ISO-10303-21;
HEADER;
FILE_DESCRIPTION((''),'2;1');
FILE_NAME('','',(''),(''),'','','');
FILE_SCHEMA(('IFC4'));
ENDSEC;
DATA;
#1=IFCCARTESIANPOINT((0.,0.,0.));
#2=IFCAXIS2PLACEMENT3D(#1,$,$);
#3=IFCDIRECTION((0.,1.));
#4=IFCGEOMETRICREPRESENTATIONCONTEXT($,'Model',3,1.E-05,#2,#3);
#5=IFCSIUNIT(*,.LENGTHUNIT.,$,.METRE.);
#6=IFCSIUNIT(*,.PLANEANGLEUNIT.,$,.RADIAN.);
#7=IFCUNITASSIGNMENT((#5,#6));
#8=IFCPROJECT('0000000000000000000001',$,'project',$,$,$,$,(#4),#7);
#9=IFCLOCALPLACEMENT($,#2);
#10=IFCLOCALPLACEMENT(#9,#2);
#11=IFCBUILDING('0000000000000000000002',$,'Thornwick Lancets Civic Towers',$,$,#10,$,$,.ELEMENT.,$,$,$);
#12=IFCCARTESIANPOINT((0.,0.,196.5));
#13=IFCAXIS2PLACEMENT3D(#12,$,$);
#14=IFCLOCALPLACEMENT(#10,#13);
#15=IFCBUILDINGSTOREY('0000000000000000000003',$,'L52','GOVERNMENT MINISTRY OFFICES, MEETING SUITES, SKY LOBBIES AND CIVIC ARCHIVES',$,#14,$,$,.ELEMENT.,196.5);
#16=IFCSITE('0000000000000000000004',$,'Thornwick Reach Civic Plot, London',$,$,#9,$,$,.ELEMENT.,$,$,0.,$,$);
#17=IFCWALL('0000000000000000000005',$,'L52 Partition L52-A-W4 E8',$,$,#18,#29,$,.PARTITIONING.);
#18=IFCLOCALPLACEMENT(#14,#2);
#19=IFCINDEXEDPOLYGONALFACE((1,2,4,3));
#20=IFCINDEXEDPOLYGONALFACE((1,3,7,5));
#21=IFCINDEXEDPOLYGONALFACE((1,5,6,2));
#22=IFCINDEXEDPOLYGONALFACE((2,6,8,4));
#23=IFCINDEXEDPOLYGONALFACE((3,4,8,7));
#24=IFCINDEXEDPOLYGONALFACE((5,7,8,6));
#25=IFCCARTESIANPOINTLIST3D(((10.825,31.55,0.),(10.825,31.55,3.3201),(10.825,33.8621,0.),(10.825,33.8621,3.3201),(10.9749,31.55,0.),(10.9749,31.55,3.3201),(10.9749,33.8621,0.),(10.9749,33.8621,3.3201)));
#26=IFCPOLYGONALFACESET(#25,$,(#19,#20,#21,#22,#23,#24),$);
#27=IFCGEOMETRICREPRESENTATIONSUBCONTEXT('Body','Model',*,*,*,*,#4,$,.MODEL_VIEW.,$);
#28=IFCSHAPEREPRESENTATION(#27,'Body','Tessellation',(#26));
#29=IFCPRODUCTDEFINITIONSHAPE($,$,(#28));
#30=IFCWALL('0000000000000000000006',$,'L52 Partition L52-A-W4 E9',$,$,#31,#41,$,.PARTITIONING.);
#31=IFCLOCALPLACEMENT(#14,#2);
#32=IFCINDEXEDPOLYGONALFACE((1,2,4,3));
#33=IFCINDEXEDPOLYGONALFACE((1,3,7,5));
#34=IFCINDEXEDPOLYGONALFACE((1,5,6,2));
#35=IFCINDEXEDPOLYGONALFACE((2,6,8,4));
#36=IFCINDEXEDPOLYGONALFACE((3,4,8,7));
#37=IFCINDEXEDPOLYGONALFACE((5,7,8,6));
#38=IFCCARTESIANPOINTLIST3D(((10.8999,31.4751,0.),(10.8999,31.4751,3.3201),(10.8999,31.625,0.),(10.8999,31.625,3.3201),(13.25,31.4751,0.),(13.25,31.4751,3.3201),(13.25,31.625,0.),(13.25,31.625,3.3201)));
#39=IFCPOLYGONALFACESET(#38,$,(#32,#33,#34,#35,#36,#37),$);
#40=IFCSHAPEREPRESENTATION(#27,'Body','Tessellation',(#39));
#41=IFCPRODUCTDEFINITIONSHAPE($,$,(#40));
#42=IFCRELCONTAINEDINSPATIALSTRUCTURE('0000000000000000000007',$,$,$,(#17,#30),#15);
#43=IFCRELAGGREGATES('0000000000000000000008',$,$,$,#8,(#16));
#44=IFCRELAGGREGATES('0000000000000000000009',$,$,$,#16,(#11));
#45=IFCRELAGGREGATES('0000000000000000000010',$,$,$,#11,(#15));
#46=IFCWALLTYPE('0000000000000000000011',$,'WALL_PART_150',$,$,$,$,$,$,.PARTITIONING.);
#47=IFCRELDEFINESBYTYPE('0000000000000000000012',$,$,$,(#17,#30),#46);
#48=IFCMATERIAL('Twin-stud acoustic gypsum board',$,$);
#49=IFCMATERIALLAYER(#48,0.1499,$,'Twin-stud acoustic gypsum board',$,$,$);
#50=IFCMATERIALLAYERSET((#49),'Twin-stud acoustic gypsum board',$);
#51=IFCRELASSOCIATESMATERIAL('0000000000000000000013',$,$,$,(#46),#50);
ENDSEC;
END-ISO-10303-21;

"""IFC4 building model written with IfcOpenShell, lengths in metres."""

from ifc_helpers import new_model, si_unit, direction, frame, frame_2d, origin, place, context, subcontext, project, spatial, rectangle, extrude, material, layer, layer_set, type_object, element, save


model = new_model("IFC4")

# Units and contexts
model_context = context("Model", 3, precision=1e-05, world=origin(), true_north=direction((0.0, 1.0)))
body_context = subcontext(model_context, "Body", "Model", "MODEL_VIEW")
ifc_project = project(units=[si_unit("LENGTHUNIT", "METRE"), si_unit("PLANEANGLEUNIT", "RADIAN")], contexts=[model_context])

# Site, building, storey
site_placement = place(None, origin())
site = spatial("IfcSite", under=ifc_project, at=site_placement, Name="Thornwick Reach Civic Plot, London", CompositionType="ELEMENT", RefElevation=0.0)
building_placement = place(site_placement, origin())
building = spatial("IfcBuilding", under=site, at=building_placement, Name="Thornwick Lancets Civic Towers", CompositionType="ELEMENT")
storey_placement = place(building_placement, frame((0.0, 0.0, 196.5)))
storey = spatial("IfcBuildingStorey", under=building, at=storey_placement, Name="L52", Description="GOVERNMENT MINISTRY OFFICES, MEETING SUITES, SKY LOBBIES AND CIVIC ARCHIVES", CompositionType="ELEMENT", Elevation=196.5)

# Shared definitions
ifc_material_1 = material(Name="Twin-stud acoustic gypsum board")
ifc_layer_1 = layer(ifc_material_1, 0.1499, Name="Twin-stud acoustic gypsum board")
ifc_layer_set_1 = layer_set([ifc_layer_1], Name="Twin-stud acoustic gypsum board")
wall_type_1 = type_object("IfcWallType", Name="WALL_PART_150", PredefinedType="PARTITIONING", material=ifc_layer_set_1)

# Walls
wall_1_placement = place(storey_placement, frame((10.8999, 33.8621, 0.0), z_axis=(0.0, 0.0, 1.0), x_axis=(0.0, -1.0, 0.0)))
element("IfcWall", 1, at=wall_1_placement, inside=storey, type_object=wall_type_1, Name="L52 Partition L52-A-W4 E8", PredefinedType="PARTITIONING", context=body_context, shape_type="SweptSolid", body=[
    extrude(rectangle(XDim=2.312, YDim=0.1499, at=frame_2d((1.156, 0.0))), origin(), (0.0, 0.0, 1.0), 3.3201),
])
wall_2_placement = place(storey_placement, frame((10.8999, 31.55, 0.0), z_axis=(0.0, 0.0, 1.0), x_axis=(1.0, 0.0, 0.0)))
element("IfcWall", 2, at=wall_2_placement, inside=storey, type_object=wall_type_1, Name="L52 Partition L52-A-W4 E9", PredefinedType="PARTITIONING", context=body_context, shape_type="SweptSolid", body=[
    extrude(rectangle(XDim=2.3501, YDim=0.1499, at=frame_2d((1.175, 0.0))), origin(), (0.0, 0.0, 1.0), 3.3201),
])

save(model, "model.ifc")
